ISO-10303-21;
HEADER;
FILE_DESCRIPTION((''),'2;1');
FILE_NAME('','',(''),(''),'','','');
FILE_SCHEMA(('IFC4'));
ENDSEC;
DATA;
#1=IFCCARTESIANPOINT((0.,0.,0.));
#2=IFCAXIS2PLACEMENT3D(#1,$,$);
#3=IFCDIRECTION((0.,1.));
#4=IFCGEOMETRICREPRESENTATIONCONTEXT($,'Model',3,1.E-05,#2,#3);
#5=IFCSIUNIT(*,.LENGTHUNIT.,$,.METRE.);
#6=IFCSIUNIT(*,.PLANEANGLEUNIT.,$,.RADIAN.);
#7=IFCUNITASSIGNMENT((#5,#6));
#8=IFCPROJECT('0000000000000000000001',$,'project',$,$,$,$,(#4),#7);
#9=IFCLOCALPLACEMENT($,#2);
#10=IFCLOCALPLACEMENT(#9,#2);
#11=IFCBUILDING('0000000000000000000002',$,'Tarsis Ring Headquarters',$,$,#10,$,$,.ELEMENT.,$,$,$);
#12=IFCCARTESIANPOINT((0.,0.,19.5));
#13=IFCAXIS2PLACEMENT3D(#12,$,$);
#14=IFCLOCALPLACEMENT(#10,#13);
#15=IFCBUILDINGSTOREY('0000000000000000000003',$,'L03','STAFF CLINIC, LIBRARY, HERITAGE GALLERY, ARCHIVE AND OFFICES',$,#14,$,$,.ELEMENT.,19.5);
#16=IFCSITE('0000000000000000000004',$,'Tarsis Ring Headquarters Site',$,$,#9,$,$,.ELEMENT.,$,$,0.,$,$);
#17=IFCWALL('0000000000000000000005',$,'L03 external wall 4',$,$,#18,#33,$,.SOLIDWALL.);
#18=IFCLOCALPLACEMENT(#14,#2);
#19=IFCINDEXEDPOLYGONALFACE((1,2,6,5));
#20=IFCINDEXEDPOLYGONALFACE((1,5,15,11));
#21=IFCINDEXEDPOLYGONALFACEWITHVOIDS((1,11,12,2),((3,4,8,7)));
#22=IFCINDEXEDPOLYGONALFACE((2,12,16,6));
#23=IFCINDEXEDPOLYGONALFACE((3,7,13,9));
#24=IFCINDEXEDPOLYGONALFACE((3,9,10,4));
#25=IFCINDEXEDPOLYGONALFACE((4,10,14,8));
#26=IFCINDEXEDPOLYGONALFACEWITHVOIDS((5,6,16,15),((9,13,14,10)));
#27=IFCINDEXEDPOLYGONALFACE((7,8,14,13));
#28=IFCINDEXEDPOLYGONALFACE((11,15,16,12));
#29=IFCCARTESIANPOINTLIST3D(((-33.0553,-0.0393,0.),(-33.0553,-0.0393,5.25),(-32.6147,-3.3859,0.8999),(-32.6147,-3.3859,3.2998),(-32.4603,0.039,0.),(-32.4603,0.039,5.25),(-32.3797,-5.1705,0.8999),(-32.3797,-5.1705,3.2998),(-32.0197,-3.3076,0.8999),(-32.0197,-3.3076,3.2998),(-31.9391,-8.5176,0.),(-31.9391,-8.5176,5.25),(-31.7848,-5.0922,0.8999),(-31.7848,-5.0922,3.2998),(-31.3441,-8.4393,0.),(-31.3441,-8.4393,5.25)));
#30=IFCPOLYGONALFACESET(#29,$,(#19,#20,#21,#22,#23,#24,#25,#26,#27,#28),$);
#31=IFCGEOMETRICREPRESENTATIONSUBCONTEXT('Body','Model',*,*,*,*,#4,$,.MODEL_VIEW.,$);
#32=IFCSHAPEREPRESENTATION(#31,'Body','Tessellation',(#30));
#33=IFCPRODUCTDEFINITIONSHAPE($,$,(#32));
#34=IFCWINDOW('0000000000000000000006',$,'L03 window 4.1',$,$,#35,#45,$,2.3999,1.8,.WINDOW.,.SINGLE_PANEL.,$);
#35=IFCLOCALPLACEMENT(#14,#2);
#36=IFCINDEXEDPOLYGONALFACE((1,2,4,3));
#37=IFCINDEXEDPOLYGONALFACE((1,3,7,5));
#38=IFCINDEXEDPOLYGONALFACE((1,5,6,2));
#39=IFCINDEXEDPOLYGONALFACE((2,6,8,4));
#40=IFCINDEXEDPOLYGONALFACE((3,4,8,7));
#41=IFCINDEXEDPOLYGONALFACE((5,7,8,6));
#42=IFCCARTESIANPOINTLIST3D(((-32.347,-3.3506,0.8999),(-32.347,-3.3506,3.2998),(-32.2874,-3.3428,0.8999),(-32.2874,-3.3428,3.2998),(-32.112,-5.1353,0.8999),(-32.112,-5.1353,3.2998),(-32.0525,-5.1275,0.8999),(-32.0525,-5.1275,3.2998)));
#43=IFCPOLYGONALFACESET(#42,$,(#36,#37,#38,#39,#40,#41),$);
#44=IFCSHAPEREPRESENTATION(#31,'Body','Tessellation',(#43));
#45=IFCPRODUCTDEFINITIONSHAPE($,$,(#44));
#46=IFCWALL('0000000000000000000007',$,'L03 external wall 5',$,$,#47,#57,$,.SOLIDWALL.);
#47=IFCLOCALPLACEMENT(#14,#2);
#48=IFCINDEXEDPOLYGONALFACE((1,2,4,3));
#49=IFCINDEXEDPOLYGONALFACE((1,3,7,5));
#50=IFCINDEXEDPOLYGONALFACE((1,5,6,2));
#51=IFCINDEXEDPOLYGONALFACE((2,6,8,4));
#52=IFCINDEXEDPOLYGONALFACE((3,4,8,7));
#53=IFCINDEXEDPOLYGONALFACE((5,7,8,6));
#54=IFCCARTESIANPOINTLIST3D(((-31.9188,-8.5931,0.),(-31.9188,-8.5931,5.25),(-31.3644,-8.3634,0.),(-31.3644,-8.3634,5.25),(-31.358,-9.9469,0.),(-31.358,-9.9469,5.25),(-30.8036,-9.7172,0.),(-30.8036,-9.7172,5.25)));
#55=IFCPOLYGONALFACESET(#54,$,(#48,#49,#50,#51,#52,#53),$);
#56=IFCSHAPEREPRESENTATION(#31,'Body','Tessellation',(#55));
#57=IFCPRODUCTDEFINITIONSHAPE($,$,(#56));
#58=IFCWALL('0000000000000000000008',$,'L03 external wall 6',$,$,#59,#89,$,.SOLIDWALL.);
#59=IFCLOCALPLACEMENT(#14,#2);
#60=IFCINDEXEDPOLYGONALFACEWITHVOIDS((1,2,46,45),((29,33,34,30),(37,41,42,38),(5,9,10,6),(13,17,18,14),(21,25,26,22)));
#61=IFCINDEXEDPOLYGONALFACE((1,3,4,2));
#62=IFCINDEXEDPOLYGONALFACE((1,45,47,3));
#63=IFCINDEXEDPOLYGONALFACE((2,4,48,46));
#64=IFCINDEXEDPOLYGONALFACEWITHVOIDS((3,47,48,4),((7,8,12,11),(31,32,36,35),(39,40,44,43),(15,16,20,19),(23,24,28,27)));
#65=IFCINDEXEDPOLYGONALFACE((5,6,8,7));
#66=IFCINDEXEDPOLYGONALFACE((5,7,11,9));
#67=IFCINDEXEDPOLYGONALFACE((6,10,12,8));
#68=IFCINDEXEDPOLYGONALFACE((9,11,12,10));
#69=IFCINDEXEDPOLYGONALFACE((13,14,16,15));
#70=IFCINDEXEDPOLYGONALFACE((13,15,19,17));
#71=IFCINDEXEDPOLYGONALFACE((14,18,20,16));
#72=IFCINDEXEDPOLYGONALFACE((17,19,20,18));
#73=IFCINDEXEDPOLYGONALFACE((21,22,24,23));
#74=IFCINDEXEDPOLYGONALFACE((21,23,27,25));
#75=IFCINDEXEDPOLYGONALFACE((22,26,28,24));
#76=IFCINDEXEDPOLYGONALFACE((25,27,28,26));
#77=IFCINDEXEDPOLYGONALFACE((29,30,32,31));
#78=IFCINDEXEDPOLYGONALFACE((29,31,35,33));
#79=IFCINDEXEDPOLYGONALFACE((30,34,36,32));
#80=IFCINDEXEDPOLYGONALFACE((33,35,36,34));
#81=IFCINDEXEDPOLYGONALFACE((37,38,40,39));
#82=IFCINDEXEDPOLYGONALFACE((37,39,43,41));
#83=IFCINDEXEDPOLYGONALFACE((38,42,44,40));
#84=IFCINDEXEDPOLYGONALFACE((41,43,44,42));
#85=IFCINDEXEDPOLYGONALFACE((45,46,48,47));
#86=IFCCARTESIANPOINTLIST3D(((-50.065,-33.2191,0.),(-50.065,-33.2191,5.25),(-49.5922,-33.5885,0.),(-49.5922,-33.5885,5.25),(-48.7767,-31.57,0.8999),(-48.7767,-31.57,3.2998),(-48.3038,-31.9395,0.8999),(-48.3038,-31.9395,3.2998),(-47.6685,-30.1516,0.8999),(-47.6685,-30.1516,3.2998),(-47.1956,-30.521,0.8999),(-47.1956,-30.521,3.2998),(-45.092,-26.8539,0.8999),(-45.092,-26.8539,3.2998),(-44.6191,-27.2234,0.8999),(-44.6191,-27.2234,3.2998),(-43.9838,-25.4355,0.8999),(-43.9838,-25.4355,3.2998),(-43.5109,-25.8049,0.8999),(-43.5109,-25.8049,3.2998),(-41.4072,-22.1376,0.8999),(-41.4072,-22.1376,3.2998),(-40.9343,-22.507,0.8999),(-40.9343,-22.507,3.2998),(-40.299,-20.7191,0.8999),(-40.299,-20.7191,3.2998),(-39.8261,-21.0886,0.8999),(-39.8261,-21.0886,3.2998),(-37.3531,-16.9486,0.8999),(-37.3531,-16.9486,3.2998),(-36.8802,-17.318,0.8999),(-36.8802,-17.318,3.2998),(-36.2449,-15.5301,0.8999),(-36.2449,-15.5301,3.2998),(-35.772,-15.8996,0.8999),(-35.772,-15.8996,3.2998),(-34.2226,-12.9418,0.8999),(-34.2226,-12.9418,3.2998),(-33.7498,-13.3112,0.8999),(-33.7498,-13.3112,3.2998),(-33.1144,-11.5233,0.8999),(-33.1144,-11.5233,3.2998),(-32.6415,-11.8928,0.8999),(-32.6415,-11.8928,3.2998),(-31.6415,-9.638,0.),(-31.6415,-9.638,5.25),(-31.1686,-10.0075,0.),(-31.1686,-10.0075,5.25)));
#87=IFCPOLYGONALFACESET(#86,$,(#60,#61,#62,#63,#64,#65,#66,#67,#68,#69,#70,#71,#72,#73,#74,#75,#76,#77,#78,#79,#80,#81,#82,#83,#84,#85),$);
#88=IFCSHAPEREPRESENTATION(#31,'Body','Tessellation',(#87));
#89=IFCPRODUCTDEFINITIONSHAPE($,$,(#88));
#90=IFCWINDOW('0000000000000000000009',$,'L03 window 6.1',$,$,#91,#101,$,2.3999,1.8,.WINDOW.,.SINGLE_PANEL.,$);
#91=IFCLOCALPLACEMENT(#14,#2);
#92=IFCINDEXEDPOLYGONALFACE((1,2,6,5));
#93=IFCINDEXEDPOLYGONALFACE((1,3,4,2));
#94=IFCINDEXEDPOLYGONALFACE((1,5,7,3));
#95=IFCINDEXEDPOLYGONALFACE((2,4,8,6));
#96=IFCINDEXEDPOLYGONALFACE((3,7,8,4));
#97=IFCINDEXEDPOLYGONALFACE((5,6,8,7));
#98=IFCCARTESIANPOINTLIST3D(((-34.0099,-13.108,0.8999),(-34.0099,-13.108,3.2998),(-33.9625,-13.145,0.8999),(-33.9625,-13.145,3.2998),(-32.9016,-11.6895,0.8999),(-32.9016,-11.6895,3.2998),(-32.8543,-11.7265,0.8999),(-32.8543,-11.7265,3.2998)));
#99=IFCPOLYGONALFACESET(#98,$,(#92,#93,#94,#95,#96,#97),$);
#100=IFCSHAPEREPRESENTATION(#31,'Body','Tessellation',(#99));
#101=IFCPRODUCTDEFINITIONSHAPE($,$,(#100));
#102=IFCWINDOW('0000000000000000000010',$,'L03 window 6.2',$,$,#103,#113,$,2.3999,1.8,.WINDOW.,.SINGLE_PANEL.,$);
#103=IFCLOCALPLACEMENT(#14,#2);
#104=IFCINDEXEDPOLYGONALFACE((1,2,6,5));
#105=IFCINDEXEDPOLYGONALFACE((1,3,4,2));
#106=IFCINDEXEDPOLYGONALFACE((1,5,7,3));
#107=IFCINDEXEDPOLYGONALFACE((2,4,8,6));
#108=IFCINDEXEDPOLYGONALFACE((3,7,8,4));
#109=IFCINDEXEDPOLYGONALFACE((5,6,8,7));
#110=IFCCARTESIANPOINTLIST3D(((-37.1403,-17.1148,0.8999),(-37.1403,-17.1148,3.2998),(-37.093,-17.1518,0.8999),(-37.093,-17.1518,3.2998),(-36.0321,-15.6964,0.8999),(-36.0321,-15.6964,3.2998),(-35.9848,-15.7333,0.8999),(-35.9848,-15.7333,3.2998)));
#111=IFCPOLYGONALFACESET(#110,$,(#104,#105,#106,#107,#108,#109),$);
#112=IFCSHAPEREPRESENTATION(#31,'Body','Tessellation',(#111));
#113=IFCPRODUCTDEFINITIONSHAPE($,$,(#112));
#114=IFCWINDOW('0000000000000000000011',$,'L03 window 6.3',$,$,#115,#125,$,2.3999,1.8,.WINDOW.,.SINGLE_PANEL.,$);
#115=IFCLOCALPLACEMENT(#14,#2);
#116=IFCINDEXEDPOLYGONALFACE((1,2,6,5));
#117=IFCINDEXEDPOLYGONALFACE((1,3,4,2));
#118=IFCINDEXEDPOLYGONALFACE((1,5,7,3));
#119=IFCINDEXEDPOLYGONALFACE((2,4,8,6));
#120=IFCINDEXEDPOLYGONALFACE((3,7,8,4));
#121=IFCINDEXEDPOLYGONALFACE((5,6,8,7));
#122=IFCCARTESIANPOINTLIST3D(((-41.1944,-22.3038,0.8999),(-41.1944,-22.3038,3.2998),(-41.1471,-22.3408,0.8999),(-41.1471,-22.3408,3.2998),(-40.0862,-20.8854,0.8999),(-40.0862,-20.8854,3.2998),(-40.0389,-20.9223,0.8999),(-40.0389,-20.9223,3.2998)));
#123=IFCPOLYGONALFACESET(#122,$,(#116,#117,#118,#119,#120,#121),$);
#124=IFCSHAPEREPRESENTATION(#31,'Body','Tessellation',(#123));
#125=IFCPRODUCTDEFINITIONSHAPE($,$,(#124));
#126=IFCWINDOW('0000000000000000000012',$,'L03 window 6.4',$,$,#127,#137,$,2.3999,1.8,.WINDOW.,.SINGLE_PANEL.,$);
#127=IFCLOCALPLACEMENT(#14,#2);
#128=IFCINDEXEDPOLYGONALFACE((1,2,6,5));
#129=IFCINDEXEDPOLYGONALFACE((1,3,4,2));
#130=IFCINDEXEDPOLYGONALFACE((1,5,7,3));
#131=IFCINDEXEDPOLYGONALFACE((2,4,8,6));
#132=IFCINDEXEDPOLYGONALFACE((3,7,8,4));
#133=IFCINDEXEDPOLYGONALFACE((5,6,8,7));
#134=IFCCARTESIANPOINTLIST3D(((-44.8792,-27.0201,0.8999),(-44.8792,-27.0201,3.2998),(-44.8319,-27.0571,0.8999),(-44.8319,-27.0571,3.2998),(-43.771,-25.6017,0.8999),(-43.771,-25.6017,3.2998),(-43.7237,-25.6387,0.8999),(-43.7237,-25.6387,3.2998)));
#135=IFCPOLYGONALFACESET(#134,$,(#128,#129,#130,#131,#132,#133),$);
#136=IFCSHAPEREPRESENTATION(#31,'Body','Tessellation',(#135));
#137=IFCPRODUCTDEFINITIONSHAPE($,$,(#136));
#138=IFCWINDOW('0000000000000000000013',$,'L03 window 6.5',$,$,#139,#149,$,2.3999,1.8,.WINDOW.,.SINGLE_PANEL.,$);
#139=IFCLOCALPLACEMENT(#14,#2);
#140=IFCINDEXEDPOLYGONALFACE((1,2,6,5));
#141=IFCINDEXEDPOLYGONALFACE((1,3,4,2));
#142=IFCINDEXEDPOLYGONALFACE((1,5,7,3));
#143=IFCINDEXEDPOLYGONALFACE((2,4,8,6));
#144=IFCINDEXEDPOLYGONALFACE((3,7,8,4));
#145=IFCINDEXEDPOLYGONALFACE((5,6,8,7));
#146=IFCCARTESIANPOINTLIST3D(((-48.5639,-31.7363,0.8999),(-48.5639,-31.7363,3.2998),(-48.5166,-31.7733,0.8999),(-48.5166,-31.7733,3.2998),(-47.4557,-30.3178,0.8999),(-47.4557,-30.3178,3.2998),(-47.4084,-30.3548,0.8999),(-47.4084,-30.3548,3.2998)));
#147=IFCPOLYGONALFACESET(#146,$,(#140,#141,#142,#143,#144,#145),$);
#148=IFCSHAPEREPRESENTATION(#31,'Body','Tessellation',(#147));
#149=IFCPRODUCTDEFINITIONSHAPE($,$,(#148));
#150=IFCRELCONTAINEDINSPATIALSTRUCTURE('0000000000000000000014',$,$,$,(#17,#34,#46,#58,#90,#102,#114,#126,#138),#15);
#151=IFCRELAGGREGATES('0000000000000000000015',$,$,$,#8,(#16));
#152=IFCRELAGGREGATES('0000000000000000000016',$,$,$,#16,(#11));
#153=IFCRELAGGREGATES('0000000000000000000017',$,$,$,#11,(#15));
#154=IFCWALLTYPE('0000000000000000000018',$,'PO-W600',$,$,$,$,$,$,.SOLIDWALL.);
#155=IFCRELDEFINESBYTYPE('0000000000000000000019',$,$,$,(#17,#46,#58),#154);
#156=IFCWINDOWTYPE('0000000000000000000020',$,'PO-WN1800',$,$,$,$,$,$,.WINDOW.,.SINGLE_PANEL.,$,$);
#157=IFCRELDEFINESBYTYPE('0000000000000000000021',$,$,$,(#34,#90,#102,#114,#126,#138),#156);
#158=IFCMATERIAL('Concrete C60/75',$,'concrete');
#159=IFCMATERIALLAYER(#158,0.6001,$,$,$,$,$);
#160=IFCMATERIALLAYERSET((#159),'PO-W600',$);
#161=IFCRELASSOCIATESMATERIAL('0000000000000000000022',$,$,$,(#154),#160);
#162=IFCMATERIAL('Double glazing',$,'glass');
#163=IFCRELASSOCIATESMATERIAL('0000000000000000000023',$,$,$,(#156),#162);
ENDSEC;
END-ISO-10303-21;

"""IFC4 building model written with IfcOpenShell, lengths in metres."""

from ifc_helpers import new_model, si_unit, direction, frame, frame_2d, origin, place, context, subcontext, project, spatial, rectangle, extrude, material, layer, layer_set, type_object, element, fill, save


model = new_model("IFC4")

# Units and contexts
model_context = context("Model", 3, precision=1e-05, world=origin(), true_north=direction((0.0, 1.0)))
body_context = subcontext(model_context, "Body", "Model", "MODEL_VIEW")
ifc_project = project(units=[si_unit("LENGTHUNIT", "METRE"), si_unit("PLANEANGLEUNIT", "RADIAN")], contexts=[model_context])

# Site, building, storey
site_placement = place(None, origin())
site = spatial("IfcSite", under=ifc_project, at=site_placement, Name="Tarsis Ring Headquarters Site", CompositionType="ELEMENT", RefElevation=0.0)
building_placement = place(site_placement, origin())
building = spatial("IfcBuilding", under=site, at=building_placement, Name="Tarsis Ring Headquarters", CompositionType="ELEMENT")
storey_placement = place(building_placement, frame((0.0, 0.0, 19.5)))
storey = spatial("IfcBuildingStorey", under=building, at=storey_placement, Name="L03", Description="STAFF CLINIC, LIBRARY, HERITAGE GALLERY, ARCHIVE AND OFFICES", CompositionType="ELEMENT", Elevation=19.5)

# Wall, opening, window
ifc_material_1 = material(Name="Concrete C60/75", Category="concrete")
ifc_layer_1 = layer(ifc_material_1, 0.6001)
ifc_layer_set_1 = layer_set([ifc_layer_1], Name="PO-W600")
wall_type_1 = type_object("IfcWallType", Name="PO-W600", PredefinedType="SOLIDWALL", material=ifc_layer_set_1)
wall_1_placement = place(storey_placement, frame((-32.7578, 0.0, 0.0), z_axis=(0.0, 0.0, 1.0), x_axis=(0.130529, -0.991444, 0.0)))
wall_1 = element("IfcWall", 1, at=wall_1_placement, inside=storey, type_object=wall_type_1, Name="L03 external wall 4", PredefinedType="SOLIDWALL", context=body_context, shape_type="SweptSolid", body=[
    extrude(rectangle(XDim=8.5515, YDim=0.6001, at=frame_2d((4.2759, 0.0))), origin(), (0.0, 0.0, 1.0), 5.25),
])
opening_1_placement = place(wall_1_placement, frame((3.3757, 0.0, 0.8999)))
opening_1 = element("IfcOpeningElement", 2, at=opening_1_placement, cuts=wall_1, PredefinedType="OPENING", context=body_context, shape_type="SweptSolid", body=[
    extrude(rectangle(XDim=1.8, YDim=2.3999, at=frame_2d((0.8999, 1.2))), frame((0.0, 0.3101, 0.0), z_axis=(0.0, -1.0, 0.0), x_axis=(1.0, 0.0, 0.0)), (0.0, 0.0, 1.0), 0.6201),
])
ifc_material_2 = material(Name="Double glazing", Category="glass")
window_type = type_object("IfcWindowType", Name="PO-WN1800", PartitioningType="SINGLE_PANEL", PredefinedType="WINDOW", material=ifc_material_2)
window_1_placement = place(opening_1_placement, origin())
window_1 = element("IfcWindow", 3, at=window_1_placement, inside=storey, type_object=window_type, Name="L03 window 4.1", OverallHeight=2.3999, OverallWidth=1.8, PartitioningType="SINGLE_PANEL", PredefinedType="WINDOW", context=body_context, shape_type="SweptSolid", body=[
    extrude(rectangle(XDim=1.8, YDim=2.3999, at=frame_2d((0.8999, 1.2))), frame((0.0, 0.03, 0.0), z_axis=(0.0, -1.0, 0.0), x_axis=(1.0, 0.0, 0.0)), (0.0, 0.0, 1.0), 0.0601),
])
fill(opening_1, window_1)

# Wall
wall_2_placement = place(storey_placement, frame((-31.6416, -8.4783, 0.0), z_axis=(0.0, 0.0, 1.0), x_axis=(0.38271, -0.923869, 0.0)))
element("IfcWall", 4, at=wall_2_placement, inside=storey, type_object=wall_type_1, Name="L03 external wall 5", PredefinedType="SOLIDWALL", context=body_context, shape_type="SweptSolid", body=[
    extrude(rectangle(XDim=1.4653, YDim=0.6001, at=frame_2d((0.7327, 0.0))), origin(), (0.0, 0.0, 1.0), 5.25),
])

# Wall, openings, windows
wall_3_placement = place(storey_placement, frame((-31.405, -9.8228, 0.0), z_axis=(0.0, 0.0, 1.0), x_axis=(-0.615662, -0.78801, 0.0)))
wall_3 = element("IfcWall", 5, at=wall_3_placement, inside=storey, type_object=wall_type_1, Name="L03 external wall 6", PredefinedType="SOLIDWALL", context=body_context, shape_type="SweptSolid", body=[
    extrude(rectangle(XDim=29.9248, YDim=0.6001, at=frame_2d((14.9624, 0.0))), origin(), (0.0, 0.0, 1.0), 5.25),
])
opening_2_placement = place(wall_3_placement, frame((2.3926, 0.0, 0.8999)))
opening_2 = element("IfcOpeningElement", 6, at=opening_2_placement, cuts=wall_3, PredefinedType="OPENING", context=body_context, shape_type="SweptSolid", body=[
    extrude(rectangle(XDim=1.8, YDim=2.3999, at=frame_2d((0.8999, 1.2))), frame((0.0, 0.3101, 0.0), z_axis=(0.0, -1.0, 0.0), x_axis=(1.0, 0.0, 0.0)), (0.0, 0.0, 1.0), 0.6201),
])
opening_3_placement = place(wall_3_placement, frame((7.4773, 0.0, 0.8999)))
opening_3 = element("IfcOpeningElement", 7, at=opening_3_placement, cuts=wall_3, PredefinedType="OPENING", context=body_context, shape_type="SweptSolid", body=[
    extrude(rectangle(XDim=1.8, YDim=2.3999, at=frame_2d((0.8999, 1.2))), frame((0.0, 0.3101, 0.0), z_axis=(0.0, -1.0, 0.0), x_axis=(1.0, 0.0, 0.0)), (0.0, 0.0, 1.0), 0.6201),
])
opening_4_placement = place(wall_3_placement, frame((14.0623, 0.0, 0.8999)))
opening_4 = element("IfcOpeningElement", 8, at=opening_4_placement, cuts=wall_3, PredefinedType="OPENING", context=body_context, shape_type="SweptSolid", body=[
    extrude(rectangle(XDim=1.8, YDim=2.3999, at=frame_2d((0.8999, 1.2))), frame((0.0, 0.3101, 0.0), z_axis=(0.0, -1.0, 0.0), x_axis=(1.0, 0.0, 0.0)), (0.0, 0.0, 1.0), 0.6201),
])
opening_5_placement = place(wall_3_placement, frame((20.0474, 0.0, 0.8999)))
opening_5 = element("IfcOpeningElement", 9, at=opening_5_placement, cuts=wall_3, PredefinedType="OPENING", context=body_context, shape_type="SweptSolid", body=[
    extrude(rectangle(XDim=1.8, YDim=2.3999, at=frame_2d((0.8999, 1.2))), frame((0.0, 0.3101, 0.0), z_axis=(0.0, -1.0, 0.0), x_axis=(1.0, 0.0, 0.0)), (0.0, 0.0, 1.0), 0.6201),
])
opening_6_placement = place(wall_3_placement, frame((26.0322, 0.0, 0.8999)))
opening_6 = element("IfcOpeningElement", 10, at=opening_6_placement, cuts=wall_3, PredefinedType="OPENING", context=body_context, shape_type="SweptSolid", body=[
    extrude(rectangle(XDim=1.8, YDim=2.3999, at=frame_2d((0.8999, 1.2))), frame((0.0, 0.3101, 0.0), z_axis=(0.0, -1.0, 0.0), x_axis=(1.0, 0.0, 0.0)), (0.0, 0.0, 1.0), 0.6201),
])
window_2_placement = place(opening_2_placement, origin())
window_2 = element("IfcWindow", 11, at=window_2_placement, inside=storey, type_object=window_type, Name="L03 window 6.1", OverallHeight=2.3999, OverallWidth=1.8, PartitioningType="SINGLE_PANEL", PredefinedType="WINDOW", context=body_context, shape_type="SweptSolid", body=[
    extrude(rectangle(XDim=1.8, YDim=2.3999, at=frame_2d((0.8999, 1.2))), frame((0.0, 0.03, 0.0), z_axis=(0.0, -1.0, 0.0), x_axis=(1.0, 0.0, 0.0)), (0.0, 0.0, 1.0), 0.0601),
])
fill(opening_2, window_2)
window_3_placement = place(opening_3_placement, origin())
window_3 = element("IfcWindow", 12, at=window_3_placement, inside=storey, type_object=window_type, Name="L03 window 6.2", OverallHeight=2.3999, OverallWidth=1.8, PartitioningType="SINGLE_PANEL", PredefinedType="WINDOW", context=body_context, shape_type="SweptSolid", body=[
    extrude(rectangle(XDim=1.8, YDim=2.3999, at=frame_2d((0.8999, 1.2))), frame((0.0, 0.03, 0.0), z_axis=(0.0, -1.0, 0.0), x_axis=(1.0, 0.0, 0.0)), (0.0, 0.0, 1.0), 0.0601),
])
fill(opening_3, window_3)
window_4_placement = place(opening_4_placement, origin())
window_4 = element("IfcWindow", 13, at=window_4_placement, inside=storey, type_object=window_type, Name="L03 window 6.3", OverallHeight=2.3999, OverallWidth=1.8, PartitioningType="SINGLE_PANEL", PredefinedType="WINDOW", context=body_context, shape_type="SweptSolid", body=[
    extrude(rectangle(XDim=1.8, YDim=2.3999, at=frame_2d((0.8999, 1.2))), frame((0.0, 0.03, 0.0), z_axis=(0.0, -1.0, 0.0), x_axis=(1.0, 0.0, 0.0)), (0.0, 0.0, 1.0), 0.0601),
])
fill(opening_4, window_4)
window_5_placement = place(opening_5_placement, origin())
window_5 = element("IfcWindow", 14, at=window_5_placement, inside=storey, type_object=window_type, Name="L03 window 6.4", OverallHeight=2.3999, OverallWidth=1.8, PartitioningType="SINGLE_PANEL", PredefinedType="WINDOW", context=body_context, shape_type="SweptSolid", body=[
    extrude(rectangle(XDim=1.8, YDim=2.3999, at=frame_2d((0.8999, 1.2))), frame((0.0, 0.03, 0.0), z_axis=(0.0, -1.0, 0.0), x_axis=(1.0, 0.0, 0.0)), (0.0, 0.0, 1.0), 0.0601),
])
fill(opening_5, window_5)
window_6_placement = place(opening_6_placement, origin())
window_6 = element("IfcWindow", 15, at=window_6_placement, inside=storey, type_object=window_type, Name="L03 window 6.5", OverallHeight=2.3999, OverallWidth=1.8, PartitioningType="SINGLE_PANEL", PredefinedType="WINDOW", context=body_context, shape_type="SweptSolid", body=[
    extrude(rectangle(XDim=1.8, YDim=2.3999, at=frame_2d((0.8999, 1.2))), frame((0.0, 0.03, 0.0), z_axis=(0.0, -1.0, 0.0), x_axis=(1.0, 0.0, 0.0)), (0.0, 0.0, 1.0), 0.0601),
])
fill(opening_6, window_6)

save(model, "model.ifc")
